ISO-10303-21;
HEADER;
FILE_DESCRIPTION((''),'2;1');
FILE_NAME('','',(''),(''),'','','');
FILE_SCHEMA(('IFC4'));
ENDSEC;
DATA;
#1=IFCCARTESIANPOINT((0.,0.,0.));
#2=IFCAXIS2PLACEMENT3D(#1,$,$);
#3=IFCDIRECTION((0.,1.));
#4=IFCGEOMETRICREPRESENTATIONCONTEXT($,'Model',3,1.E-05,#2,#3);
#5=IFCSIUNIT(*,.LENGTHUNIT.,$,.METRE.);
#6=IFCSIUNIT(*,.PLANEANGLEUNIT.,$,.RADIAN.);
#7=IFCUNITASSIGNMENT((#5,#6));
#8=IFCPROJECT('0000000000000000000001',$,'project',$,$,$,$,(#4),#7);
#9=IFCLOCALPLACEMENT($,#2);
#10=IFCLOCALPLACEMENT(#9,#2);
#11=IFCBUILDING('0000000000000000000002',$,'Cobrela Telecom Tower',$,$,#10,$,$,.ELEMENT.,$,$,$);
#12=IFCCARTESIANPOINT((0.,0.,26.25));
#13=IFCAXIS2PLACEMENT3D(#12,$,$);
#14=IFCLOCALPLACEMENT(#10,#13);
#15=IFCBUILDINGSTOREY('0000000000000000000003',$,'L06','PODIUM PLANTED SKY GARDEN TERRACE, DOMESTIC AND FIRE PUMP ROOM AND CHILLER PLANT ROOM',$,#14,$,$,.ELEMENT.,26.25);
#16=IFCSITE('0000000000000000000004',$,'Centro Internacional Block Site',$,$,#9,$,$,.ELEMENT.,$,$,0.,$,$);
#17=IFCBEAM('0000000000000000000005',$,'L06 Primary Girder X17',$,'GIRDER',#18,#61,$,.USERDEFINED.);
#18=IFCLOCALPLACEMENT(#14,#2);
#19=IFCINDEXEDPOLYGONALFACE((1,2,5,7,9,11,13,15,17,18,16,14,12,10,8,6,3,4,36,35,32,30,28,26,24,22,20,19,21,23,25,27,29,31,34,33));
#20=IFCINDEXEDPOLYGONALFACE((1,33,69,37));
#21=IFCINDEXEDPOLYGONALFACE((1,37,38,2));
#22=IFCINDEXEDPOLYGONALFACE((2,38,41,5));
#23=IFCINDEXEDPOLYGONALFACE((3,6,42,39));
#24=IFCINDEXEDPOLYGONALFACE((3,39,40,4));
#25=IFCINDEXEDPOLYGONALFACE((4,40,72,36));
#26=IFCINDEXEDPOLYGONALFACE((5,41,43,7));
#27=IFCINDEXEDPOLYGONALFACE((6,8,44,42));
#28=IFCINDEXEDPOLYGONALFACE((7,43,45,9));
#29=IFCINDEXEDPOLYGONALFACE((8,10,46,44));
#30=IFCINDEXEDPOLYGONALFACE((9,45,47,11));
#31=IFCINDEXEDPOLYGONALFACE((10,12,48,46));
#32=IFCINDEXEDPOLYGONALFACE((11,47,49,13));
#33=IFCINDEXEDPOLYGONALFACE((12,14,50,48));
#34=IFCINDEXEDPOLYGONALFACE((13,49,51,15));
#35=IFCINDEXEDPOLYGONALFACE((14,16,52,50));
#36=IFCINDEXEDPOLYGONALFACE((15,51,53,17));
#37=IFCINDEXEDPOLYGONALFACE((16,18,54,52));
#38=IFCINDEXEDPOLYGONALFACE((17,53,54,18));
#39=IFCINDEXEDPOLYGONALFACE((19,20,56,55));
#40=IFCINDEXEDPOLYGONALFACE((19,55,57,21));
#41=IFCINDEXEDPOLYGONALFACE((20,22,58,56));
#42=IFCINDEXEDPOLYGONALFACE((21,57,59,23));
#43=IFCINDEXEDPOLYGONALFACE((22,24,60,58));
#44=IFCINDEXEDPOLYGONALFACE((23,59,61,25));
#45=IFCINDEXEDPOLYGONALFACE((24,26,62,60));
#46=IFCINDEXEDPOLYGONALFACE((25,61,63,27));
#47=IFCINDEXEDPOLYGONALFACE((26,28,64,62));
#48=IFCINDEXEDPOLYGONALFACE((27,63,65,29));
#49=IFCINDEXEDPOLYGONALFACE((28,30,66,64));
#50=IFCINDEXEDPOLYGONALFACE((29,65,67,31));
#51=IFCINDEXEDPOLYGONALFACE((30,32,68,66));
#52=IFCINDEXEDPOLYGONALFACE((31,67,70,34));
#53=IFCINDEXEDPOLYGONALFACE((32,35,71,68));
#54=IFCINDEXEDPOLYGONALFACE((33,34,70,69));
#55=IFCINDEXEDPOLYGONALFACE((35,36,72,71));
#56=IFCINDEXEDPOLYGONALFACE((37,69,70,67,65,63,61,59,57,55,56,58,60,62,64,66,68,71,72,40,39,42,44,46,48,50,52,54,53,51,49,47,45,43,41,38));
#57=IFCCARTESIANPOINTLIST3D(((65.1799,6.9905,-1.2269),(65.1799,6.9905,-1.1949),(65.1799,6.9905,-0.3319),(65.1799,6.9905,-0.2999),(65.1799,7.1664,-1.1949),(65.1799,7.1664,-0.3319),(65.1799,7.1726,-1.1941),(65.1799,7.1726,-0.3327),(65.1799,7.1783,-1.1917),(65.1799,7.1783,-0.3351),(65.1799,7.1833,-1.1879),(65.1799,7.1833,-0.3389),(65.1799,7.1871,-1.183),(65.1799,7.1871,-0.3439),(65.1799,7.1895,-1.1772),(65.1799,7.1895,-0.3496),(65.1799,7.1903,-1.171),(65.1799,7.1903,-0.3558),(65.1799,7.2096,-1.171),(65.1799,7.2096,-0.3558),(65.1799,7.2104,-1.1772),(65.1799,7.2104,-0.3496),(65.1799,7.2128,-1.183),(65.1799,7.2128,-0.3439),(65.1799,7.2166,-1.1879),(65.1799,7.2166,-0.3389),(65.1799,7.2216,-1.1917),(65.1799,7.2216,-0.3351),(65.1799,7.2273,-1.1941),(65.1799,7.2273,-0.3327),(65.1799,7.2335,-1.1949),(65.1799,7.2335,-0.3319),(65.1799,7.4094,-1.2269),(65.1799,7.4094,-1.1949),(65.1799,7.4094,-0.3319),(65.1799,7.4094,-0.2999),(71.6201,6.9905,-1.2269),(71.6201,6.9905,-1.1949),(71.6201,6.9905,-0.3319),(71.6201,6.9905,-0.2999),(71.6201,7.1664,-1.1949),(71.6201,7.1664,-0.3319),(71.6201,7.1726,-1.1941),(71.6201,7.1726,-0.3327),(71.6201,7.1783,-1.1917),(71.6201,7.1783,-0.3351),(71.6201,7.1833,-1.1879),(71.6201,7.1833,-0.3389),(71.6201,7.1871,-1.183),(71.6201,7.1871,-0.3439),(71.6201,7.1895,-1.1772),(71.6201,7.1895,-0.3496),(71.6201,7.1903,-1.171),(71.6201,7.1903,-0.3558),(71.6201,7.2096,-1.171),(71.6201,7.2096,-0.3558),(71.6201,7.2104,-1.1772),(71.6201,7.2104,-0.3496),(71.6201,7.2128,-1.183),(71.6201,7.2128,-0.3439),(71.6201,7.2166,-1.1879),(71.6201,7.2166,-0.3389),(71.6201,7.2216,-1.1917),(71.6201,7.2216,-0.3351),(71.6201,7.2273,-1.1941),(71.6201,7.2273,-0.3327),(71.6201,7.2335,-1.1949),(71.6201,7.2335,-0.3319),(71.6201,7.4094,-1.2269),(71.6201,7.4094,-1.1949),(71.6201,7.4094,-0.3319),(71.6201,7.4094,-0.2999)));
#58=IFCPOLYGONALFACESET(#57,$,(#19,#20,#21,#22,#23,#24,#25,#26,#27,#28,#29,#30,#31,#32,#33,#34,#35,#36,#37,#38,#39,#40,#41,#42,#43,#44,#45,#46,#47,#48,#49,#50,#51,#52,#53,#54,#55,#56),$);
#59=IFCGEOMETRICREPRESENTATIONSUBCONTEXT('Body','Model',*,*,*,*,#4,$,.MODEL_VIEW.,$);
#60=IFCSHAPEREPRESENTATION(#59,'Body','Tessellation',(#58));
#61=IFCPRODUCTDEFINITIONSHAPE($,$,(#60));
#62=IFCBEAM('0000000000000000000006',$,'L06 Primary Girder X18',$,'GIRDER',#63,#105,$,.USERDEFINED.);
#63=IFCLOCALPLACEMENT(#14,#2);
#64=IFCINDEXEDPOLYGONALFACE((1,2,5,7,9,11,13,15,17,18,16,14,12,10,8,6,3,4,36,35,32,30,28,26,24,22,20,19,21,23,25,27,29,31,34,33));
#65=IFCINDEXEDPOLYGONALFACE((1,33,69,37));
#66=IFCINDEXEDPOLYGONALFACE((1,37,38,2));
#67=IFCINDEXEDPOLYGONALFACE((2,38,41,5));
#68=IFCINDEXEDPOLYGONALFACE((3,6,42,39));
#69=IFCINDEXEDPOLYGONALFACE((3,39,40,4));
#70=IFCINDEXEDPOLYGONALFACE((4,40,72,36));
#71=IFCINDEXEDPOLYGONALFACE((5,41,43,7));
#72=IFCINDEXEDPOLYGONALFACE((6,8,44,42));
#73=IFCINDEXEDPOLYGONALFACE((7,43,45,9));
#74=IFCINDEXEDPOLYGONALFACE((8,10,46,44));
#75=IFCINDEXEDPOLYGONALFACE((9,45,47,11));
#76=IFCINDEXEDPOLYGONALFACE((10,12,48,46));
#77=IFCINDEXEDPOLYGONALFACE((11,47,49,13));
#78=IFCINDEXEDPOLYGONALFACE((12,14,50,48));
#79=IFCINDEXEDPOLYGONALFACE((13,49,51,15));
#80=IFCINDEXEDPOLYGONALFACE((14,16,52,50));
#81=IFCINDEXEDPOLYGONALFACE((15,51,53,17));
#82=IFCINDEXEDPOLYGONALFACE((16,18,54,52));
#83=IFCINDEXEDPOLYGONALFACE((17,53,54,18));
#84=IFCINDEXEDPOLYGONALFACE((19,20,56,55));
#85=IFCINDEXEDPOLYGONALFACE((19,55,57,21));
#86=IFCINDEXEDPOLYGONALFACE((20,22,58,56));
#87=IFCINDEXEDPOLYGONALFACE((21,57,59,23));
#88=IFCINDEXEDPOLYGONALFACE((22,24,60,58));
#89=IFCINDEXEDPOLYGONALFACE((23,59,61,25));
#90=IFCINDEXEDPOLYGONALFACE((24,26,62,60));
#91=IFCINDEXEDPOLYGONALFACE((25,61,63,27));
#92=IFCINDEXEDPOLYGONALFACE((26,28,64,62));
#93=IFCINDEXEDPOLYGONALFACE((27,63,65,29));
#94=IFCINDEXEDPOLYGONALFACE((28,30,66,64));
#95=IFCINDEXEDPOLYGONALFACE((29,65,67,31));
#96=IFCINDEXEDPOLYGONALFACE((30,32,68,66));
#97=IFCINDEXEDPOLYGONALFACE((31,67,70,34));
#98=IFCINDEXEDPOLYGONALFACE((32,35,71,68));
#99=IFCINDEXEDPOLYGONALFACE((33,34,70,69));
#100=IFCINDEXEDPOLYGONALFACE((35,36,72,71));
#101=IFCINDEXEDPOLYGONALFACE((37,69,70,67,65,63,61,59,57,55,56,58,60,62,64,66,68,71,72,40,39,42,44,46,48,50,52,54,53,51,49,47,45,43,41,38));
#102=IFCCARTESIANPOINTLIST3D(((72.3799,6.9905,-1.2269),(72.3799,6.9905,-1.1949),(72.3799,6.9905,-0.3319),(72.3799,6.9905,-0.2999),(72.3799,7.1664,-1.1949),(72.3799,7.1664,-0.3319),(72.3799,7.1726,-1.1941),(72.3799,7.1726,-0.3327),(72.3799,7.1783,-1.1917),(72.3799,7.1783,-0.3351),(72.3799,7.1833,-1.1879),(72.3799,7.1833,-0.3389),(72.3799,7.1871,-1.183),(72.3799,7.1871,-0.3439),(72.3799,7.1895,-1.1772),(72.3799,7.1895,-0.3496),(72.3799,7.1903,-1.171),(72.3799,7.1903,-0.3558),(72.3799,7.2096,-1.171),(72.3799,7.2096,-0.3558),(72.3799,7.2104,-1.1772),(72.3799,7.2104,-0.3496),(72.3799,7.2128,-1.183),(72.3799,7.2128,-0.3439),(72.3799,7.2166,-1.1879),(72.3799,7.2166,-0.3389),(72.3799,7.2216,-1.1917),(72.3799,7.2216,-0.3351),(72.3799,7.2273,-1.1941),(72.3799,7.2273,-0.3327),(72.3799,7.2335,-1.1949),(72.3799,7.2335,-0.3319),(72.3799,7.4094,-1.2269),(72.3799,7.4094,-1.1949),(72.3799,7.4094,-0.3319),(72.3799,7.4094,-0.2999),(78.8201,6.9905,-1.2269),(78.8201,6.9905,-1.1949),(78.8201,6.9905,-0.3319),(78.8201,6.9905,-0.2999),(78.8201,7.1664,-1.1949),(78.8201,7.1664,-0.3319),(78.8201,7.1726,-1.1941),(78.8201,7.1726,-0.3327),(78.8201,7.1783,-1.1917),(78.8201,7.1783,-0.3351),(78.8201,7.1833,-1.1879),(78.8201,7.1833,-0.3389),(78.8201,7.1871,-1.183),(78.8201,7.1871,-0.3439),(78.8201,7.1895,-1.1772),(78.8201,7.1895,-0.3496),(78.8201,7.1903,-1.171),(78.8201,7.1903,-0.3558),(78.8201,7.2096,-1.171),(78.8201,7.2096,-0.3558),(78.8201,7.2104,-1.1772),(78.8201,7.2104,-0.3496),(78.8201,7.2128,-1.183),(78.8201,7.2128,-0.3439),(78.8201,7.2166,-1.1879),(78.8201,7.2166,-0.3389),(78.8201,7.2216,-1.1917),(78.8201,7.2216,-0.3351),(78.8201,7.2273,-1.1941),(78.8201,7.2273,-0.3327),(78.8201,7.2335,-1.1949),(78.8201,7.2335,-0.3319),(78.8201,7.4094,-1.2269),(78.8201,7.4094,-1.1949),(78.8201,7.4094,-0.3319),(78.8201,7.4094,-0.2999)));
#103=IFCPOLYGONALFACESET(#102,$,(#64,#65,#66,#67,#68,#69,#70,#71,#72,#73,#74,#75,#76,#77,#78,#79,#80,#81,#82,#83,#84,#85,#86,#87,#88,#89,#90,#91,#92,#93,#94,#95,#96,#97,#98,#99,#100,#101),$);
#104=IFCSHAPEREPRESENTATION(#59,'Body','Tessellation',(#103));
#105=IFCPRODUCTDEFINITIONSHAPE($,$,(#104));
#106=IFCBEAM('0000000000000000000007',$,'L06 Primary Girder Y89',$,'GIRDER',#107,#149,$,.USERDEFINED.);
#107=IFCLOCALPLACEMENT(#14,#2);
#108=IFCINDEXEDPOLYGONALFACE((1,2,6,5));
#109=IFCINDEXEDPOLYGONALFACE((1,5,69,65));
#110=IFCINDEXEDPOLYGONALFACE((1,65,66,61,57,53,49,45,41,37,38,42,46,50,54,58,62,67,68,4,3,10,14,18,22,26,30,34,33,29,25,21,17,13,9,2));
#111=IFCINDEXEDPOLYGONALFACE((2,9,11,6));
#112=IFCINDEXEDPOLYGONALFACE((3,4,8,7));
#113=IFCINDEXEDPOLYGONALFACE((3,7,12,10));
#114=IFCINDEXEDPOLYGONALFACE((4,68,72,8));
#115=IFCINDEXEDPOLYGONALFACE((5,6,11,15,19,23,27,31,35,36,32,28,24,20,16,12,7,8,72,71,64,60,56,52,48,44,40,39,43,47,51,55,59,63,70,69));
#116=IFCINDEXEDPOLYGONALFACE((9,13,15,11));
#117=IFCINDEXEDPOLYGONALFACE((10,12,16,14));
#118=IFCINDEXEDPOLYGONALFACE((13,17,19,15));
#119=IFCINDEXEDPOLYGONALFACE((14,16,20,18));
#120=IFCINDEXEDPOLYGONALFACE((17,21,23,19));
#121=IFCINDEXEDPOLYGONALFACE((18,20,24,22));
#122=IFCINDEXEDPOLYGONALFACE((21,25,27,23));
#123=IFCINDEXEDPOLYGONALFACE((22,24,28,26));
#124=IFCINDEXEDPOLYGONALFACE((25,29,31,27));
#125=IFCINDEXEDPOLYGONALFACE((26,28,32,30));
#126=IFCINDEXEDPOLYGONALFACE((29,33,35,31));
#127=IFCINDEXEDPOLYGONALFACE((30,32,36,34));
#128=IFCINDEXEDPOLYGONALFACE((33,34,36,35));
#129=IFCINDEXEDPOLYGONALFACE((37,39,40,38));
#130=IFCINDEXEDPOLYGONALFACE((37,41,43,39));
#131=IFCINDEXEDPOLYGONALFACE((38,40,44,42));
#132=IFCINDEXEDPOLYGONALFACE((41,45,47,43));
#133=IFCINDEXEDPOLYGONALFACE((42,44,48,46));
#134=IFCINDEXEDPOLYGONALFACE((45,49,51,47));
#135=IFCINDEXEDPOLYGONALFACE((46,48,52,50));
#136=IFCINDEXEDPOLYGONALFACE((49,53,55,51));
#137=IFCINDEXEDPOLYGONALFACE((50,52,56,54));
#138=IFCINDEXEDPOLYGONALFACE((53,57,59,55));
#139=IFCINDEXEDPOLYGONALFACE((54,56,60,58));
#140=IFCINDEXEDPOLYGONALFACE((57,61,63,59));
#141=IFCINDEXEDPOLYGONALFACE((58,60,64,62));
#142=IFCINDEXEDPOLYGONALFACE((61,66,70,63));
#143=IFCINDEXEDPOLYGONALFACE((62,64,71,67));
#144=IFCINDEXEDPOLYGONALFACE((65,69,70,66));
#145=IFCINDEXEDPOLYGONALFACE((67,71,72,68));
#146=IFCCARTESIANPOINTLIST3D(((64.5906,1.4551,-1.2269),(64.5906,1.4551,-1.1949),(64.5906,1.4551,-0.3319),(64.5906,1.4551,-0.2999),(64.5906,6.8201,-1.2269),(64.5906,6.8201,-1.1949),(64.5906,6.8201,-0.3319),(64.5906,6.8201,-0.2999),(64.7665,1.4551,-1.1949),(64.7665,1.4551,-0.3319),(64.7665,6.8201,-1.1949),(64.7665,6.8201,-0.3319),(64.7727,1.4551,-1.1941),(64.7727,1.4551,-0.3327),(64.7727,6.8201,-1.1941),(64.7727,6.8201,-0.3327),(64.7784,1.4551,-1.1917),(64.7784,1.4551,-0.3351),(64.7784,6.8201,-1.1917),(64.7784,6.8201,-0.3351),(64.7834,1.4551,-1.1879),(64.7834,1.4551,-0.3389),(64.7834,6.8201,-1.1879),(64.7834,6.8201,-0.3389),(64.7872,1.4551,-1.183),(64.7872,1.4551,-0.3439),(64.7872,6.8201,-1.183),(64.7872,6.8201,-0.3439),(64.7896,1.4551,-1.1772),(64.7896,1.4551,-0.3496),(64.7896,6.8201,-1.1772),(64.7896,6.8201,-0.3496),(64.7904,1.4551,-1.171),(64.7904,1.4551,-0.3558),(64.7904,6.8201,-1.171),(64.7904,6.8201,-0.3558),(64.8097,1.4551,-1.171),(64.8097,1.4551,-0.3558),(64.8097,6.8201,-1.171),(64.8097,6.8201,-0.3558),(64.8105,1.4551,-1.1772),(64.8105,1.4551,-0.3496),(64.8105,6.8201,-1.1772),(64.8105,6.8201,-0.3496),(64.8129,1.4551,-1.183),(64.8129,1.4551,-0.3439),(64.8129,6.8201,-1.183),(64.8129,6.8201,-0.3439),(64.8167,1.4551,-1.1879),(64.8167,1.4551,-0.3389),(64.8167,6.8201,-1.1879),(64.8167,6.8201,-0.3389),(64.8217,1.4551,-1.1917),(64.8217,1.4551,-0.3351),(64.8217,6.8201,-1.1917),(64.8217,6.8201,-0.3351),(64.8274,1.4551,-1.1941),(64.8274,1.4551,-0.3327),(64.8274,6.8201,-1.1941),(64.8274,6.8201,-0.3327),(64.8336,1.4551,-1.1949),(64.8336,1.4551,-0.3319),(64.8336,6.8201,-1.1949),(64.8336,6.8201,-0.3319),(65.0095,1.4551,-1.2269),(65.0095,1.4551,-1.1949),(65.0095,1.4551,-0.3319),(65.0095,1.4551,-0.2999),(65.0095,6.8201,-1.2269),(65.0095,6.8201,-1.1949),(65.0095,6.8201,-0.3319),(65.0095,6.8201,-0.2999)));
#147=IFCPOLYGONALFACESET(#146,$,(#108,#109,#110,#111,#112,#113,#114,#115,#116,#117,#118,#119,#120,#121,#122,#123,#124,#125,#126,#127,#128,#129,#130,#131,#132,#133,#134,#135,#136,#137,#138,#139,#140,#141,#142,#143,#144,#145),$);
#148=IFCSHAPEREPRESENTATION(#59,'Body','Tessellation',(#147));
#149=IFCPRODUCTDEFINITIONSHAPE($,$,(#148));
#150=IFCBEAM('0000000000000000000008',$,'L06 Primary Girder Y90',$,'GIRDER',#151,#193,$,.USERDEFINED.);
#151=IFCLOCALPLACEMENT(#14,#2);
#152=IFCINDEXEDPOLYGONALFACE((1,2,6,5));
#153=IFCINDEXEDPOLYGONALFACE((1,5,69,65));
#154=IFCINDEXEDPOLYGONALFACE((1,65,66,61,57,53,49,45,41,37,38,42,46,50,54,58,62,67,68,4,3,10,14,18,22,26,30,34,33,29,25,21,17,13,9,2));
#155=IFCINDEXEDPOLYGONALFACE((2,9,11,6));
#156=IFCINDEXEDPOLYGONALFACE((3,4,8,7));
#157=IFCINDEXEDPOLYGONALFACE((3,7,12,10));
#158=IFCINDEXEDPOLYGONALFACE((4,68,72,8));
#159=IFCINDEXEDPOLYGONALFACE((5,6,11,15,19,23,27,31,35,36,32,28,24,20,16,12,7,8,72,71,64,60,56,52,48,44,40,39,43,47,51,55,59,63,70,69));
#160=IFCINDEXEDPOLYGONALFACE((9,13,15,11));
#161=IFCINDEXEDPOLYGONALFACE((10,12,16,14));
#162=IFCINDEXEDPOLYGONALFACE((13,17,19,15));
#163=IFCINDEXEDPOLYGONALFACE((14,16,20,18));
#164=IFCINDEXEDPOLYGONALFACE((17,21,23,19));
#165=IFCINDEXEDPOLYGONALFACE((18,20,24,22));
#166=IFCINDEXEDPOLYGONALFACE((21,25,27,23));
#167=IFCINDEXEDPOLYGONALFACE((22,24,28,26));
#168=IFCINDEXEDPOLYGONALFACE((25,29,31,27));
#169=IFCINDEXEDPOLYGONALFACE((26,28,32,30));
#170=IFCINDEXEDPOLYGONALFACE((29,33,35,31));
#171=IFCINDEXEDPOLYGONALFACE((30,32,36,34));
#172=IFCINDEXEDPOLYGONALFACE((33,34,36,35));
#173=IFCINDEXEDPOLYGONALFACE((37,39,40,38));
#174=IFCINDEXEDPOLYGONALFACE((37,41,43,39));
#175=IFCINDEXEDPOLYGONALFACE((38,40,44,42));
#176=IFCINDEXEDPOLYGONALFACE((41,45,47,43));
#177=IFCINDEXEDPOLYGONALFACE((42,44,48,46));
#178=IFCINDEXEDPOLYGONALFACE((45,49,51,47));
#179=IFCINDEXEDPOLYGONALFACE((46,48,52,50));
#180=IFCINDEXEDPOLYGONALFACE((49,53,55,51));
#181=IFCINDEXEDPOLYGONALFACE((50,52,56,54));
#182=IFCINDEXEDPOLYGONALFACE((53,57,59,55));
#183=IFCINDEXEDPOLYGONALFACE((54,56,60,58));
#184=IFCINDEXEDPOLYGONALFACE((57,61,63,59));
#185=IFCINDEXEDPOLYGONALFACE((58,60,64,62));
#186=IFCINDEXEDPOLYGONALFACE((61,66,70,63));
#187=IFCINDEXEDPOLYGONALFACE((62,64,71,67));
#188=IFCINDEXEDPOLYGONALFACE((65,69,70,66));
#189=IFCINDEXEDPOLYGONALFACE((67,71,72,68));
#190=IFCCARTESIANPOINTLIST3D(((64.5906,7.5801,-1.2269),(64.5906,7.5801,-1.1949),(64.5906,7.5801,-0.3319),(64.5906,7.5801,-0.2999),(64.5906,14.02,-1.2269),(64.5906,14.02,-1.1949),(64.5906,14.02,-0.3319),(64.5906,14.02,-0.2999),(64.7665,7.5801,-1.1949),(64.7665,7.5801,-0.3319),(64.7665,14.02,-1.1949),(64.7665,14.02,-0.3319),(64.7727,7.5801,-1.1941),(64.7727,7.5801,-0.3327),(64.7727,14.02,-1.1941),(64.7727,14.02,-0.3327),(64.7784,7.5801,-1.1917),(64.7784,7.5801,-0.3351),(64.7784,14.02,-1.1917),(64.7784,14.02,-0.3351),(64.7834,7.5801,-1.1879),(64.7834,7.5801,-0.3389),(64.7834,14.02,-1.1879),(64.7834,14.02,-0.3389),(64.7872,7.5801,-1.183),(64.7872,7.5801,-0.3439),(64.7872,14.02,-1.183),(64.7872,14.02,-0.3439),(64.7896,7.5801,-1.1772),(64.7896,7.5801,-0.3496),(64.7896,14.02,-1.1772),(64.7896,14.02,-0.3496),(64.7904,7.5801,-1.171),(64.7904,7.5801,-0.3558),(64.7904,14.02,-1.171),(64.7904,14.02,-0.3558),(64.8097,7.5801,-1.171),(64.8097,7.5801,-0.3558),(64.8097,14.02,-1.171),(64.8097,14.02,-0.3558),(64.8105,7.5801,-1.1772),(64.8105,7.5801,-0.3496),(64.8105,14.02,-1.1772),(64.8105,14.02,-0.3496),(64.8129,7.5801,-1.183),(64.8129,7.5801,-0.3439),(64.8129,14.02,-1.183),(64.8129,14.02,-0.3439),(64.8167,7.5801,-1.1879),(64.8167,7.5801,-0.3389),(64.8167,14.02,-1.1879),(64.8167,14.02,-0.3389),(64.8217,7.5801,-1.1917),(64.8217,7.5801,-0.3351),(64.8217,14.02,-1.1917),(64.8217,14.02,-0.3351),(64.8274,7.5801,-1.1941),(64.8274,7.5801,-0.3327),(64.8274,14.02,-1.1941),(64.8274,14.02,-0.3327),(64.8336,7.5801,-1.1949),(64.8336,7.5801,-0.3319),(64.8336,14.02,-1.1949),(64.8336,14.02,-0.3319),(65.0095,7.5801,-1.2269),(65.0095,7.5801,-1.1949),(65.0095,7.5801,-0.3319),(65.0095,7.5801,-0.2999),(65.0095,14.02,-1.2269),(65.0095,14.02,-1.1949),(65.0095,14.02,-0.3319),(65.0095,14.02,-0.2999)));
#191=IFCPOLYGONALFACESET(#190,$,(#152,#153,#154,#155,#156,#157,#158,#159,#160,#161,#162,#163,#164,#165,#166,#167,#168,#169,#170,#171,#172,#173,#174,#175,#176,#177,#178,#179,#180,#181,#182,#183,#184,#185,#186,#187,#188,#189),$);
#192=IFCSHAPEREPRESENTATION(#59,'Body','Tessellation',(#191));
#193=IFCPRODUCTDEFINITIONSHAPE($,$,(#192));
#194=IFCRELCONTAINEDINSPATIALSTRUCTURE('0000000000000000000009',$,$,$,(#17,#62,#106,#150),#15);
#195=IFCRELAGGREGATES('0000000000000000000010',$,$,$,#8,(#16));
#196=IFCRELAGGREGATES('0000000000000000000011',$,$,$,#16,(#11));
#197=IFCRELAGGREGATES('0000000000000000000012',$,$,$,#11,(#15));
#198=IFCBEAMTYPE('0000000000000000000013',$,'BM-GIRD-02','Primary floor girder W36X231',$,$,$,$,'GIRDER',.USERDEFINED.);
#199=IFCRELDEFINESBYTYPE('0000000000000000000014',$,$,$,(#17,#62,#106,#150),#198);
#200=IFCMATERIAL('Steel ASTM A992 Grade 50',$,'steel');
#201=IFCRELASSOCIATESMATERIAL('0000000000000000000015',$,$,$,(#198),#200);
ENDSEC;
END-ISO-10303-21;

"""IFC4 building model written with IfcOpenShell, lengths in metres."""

from ifc_helpers import new_model, si_unit, direction, frame, origin, origin_2d, place, context, subcontext, project, spatial, i_section, extrude, material, material_profile, profile_set, type_object, element, save


model = new_model("IFC4")

# Units and contexts
model_context = context("Model", 3, precision=1e-05, world=origin(), true_north=direction((0.0, 1.0)))
body_context = subcontext(model_context, "Body", "Model", "MODEL_VIEW")
ifc_project = project(units=[si_unit("LENGTHUNIT", "METRE"), si_unit("PLANEANGLEUNIT", "RADIAN")], contexts=[model_context])

# Site, building, storey
site_placement = place(None, origin())
site = spatial("IfcSite", under=ifc_project, at=site_placement, Name="Centro Internacional Block Site", CompositionType="ELEMENT", RefElevation=0.0)
building_placement = place(site_placement, origin())
building = spatial("IfcBuilding", under=site, at=building_placement, Name="Cobrela Telecom Tower", CompositionType="ELEMENT")
storey_placement = place(building_placement, frame((0.0, 0.0, 26.25)))
storey = spatial("IfcBuildingStorey", under=building, at=storey_placement, Name="L06", Description="PODIUM PLANTED SKY GARDEN TERRACE, DOMESTIC AND FIRE PUMP ROOM AND CHILLER PLANT ROOM", CompositionType="ELEMENT", Elevation=26.25)

# Beams
ifc_material_1 = material(Name="Steel ASTM A992 Grade 50", Category="steel")
ifc_material_profile_1 = material_profile(ifc_material_1, i_section(OverallWidth=0.4189, OverallDepth=0.927, WebThickness=0.0193, FlangeThickness=0.032, FilletRadius=0.0239, at=origin_2d()), Name="W36X231")
ifc_profile_set_1 = profile_set([ifc_material_profile_1], Name="Steel ASTM A992 Grade 50")
beam_type_1 = type_object("IfcBeamType", Name="BM-GIRD-02", Description="Primary floor girder W36X231", ElementType="GIRDER", PredefinedType="USERDEFINED", material=ifc_profile_set_1)
for number, where, z_axis, x_axis, name in (
    (1, (65.1799, 7.2, -0.7634), (1.0, 0.0, 0.0), (0.0, 1.0, 0.0), "L06 Primary Girder X17"),
    (2, (72.3799, 7.2, -0.7634), (1.0, 0.0, 0.0), (0.0, 1.0, 0.0), "L06 Primary Girder X18"),
):
    element("IfcBeam", number, at=place(storey_placement, frame(where, z_axis=z_axis, x_axis=x_axis)), inside=storey, type_object=beam_type_1, Name=name, ObjectType="GIRDER", PredefinedType="USERDEFINED", context=body_context, shape_type="SweptSolid", body=[
        extrude(i_section(OverallWidth=0.4189, OverallDepth=0.927, WebThickness=0.0193, FlangeThickness=0.032, FilletRadius=0.0239, at=origin_2d()), origin(), (0.0, 0.0, 1.0), 6.4402),
    ])
beam_1_placement = place(storey_placement, frame((64.8, 1.4551, -0.7634), z_axis=(0.0, 1.0, 0.0), x_axis=(-1.0, 0.0, 0.0)))
element("IfcBeam", 3, at=beam_1_placement, inside=storey, type_object=beam_type_1, Name="L06 Primary Girder Y89", ObjectType="GIRDER", PredefinedType="USERDEFINED", context=body_context, shape_type="SweptSolid", body=[
    extrude(i_section(OverallWidth=0.4189, OverallDepth=0.927, WebThickness=0.0193, FlangeThickness=0.032, FilletRadius=0.0239, at=origin_2d()), origin(), (0.0, 0.0, 1.0), 5.365),
])
beam_2_placement = place(storey_placement, frame((64.8, 7.5801, -0.7634), z_axis=(0.0, 1.0, 0.0), x_axis=(-1.0, 0.0, 0.0)))
element("IfcBeam", 4, at=beam_2_placement, inside=storey, type_object=beam_type_1, Name="L06 Primary Girder Y90", ObjectType="GIRDER", PredefinedType="USERDEFINED", context=body_context, shape_type="SweptSolid", body=[
    extrude(i_section(OverallWidth=0.4189, OverallDepth=0.927, WebThickness=0.0193, FlangeThickness=0.032, FilletRadius=0.0239, at=origin_2d()), origin(), (0.0, 0.0, 1.0), 6.4399),
])

save(model, "model.ifc")
